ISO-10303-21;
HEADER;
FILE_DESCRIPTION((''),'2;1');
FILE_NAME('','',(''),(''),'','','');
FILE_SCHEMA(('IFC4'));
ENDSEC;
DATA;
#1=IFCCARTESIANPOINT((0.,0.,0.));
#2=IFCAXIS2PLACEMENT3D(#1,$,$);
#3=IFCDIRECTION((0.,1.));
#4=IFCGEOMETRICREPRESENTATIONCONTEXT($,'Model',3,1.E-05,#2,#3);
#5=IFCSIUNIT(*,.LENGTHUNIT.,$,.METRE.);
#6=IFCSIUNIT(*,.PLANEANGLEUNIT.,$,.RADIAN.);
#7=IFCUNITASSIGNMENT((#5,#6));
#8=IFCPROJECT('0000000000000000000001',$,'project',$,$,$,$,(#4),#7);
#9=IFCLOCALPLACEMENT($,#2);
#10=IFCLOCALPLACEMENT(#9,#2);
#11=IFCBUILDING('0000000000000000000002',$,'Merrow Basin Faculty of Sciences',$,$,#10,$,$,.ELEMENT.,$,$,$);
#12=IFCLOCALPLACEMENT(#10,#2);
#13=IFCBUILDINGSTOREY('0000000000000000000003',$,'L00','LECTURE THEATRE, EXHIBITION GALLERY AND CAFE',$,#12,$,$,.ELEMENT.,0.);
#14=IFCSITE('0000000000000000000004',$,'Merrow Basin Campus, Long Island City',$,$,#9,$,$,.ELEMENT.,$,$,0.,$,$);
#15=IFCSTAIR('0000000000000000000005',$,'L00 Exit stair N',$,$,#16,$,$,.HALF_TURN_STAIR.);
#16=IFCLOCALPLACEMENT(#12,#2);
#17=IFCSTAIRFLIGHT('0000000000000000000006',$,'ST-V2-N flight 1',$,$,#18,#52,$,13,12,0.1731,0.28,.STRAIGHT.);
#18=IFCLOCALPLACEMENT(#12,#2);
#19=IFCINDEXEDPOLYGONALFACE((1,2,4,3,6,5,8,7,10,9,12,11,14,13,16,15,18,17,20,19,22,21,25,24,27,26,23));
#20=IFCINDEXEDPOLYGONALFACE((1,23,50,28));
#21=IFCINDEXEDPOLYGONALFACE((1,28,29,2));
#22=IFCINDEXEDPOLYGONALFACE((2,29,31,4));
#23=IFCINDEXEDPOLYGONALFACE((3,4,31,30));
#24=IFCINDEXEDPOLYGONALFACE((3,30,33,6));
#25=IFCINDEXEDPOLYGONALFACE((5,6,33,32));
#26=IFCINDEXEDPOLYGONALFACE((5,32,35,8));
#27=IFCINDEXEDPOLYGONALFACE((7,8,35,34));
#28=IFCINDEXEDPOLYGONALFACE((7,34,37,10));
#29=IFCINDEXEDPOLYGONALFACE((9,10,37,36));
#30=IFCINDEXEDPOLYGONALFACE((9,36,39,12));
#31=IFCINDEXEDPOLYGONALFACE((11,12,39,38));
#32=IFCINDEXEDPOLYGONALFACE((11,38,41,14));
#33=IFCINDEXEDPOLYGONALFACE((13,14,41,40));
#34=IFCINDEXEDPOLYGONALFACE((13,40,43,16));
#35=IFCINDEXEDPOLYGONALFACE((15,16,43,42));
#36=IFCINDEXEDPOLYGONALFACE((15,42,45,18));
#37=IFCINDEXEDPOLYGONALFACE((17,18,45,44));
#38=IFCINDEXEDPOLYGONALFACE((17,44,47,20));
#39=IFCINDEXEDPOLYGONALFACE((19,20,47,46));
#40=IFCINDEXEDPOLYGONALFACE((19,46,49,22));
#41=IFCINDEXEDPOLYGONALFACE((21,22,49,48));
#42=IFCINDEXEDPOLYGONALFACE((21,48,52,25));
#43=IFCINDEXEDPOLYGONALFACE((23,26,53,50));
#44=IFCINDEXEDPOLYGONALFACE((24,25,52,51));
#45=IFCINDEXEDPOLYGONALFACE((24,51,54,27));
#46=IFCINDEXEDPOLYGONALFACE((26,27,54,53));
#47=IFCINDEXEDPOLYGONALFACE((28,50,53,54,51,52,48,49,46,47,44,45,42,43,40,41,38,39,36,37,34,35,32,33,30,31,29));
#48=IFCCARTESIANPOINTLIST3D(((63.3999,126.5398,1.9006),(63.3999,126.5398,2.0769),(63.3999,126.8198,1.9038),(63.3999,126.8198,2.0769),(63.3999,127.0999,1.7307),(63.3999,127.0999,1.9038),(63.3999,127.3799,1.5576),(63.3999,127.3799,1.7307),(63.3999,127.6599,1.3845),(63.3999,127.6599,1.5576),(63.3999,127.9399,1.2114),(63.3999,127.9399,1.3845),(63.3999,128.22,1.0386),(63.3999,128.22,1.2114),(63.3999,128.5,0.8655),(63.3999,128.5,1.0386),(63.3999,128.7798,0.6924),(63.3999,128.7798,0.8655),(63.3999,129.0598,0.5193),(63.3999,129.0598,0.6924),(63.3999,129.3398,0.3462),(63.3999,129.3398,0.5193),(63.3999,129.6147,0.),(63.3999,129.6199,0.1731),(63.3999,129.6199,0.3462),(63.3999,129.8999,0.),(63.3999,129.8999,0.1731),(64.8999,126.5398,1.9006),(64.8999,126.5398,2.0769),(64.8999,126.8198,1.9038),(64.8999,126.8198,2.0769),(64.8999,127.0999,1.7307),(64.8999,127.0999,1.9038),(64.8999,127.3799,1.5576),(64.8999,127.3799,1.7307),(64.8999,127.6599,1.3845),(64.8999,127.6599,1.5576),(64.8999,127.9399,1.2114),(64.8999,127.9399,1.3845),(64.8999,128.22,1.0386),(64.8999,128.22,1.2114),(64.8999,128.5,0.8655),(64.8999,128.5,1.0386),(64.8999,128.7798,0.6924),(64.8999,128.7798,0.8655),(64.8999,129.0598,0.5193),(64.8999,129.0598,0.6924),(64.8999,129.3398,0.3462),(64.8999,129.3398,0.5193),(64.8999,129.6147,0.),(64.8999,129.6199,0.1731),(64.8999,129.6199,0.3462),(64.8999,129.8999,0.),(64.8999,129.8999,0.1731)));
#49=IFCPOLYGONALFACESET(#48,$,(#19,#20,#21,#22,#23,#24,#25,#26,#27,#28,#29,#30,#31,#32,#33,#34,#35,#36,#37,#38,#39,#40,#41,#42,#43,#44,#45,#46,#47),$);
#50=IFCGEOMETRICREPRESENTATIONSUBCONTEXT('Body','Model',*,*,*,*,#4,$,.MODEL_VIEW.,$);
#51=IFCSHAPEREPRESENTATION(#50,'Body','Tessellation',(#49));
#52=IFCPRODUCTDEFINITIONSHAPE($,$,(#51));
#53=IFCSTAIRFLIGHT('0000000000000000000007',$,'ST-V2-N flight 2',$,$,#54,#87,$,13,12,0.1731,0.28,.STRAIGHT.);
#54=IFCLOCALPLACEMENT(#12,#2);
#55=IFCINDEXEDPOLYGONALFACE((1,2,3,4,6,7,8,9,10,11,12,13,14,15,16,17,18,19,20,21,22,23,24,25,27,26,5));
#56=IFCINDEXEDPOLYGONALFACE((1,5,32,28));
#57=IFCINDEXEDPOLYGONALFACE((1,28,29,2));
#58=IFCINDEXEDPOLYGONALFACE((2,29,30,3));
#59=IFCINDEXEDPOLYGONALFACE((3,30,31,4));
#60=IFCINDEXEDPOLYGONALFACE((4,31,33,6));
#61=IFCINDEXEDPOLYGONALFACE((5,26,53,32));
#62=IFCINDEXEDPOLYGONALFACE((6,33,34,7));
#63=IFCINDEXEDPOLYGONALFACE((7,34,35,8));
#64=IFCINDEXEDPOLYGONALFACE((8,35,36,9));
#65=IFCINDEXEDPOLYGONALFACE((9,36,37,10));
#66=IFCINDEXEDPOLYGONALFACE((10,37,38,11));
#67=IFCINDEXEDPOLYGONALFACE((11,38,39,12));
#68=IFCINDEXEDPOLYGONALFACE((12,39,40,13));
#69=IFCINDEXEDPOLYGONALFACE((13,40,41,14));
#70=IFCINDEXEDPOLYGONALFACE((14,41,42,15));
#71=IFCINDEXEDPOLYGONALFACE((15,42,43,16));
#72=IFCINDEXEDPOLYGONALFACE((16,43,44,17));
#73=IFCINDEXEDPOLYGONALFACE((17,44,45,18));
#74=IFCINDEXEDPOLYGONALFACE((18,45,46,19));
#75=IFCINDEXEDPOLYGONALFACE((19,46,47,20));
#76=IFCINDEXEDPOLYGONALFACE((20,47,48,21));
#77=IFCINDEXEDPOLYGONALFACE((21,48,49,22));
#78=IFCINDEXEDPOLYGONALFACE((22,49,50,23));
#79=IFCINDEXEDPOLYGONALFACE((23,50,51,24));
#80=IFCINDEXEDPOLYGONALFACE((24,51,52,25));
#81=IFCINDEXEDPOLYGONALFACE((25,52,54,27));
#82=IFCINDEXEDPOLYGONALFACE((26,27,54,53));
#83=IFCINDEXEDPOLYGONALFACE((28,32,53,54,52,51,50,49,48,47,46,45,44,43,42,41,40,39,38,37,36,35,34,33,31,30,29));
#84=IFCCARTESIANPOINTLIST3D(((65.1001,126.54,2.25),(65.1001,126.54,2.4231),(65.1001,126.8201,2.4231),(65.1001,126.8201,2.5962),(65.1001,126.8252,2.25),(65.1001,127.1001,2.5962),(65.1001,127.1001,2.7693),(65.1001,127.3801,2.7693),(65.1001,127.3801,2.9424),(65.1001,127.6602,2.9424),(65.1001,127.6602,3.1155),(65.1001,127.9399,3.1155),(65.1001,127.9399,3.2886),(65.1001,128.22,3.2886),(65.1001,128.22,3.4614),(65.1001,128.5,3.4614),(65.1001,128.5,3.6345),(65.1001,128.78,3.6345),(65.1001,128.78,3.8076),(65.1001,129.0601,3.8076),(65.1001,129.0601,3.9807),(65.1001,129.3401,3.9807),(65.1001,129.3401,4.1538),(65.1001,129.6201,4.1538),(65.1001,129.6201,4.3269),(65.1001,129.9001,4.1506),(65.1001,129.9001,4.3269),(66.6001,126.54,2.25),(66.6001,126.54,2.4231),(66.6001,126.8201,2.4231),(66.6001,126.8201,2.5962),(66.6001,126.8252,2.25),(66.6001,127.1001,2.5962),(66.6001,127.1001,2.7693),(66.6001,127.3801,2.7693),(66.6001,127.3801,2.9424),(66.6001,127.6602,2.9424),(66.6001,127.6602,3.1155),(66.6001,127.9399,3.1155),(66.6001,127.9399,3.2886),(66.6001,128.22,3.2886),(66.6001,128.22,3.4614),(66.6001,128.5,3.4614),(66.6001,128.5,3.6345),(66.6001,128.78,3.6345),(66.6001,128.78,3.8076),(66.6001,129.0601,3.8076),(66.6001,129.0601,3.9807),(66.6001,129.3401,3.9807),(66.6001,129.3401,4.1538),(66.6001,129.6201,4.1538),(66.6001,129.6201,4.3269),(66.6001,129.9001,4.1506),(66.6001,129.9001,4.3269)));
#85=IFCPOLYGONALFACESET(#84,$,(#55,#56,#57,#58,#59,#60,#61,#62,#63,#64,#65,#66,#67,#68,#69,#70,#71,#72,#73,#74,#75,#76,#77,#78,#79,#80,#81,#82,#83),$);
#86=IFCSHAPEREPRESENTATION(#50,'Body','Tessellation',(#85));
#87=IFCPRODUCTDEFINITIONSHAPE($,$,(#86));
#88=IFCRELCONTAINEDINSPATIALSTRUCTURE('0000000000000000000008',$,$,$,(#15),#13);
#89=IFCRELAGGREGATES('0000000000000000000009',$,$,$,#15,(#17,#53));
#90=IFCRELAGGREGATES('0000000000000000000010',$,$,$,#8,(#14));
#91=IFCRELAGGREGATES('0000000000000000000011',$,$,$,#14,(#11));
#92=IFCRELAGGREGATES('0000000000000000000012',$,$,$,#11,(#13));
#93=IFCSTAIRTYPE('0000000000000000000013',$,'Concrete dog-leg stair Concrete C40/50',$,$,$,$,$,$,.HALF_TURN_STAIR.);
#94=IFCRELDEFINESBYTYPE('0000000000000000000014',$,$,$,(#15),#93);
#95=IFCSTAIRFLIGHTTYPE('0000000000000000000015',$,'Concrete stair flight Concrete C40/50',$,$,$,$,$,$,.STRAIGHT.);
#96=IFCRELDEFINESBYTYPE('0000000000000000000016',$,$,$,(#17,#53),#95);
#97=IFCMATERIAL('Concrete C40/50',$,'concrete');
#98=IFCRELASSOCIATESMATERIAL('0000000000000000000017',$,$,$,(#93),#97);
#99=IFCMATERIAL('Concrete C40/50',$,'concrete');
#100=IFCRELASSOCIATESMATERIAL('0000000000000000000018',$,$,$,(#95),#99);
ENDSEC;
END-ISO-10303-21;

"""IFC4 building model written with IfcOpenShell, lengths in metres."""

from ifc_helpers import new_model, si_unit, direction, frame, origin, place, context, subcontext, project, spatial, polyline, outline, extrude, material, type_object, element, aggregate, save


model = new_model("IFC4")

# Units and contexts
model_context = context("Model", 3, precision=1e-05, world=origin(), true_north=direction((0.0, 1.0)))
body_context = subcontext(model_context, "Body", "Model", "MODEL_VIEW")
ifc_project = project(units=[si_unit("LENGTHUNIT", "METRE"), si_unit("PLANEANGLEUNIT", "RADIAN")], contexts=[model_context])

# Site, building, storey
site_placement = place(None, origin())
site = spatial("IfcSite", under=ifc_project, at=site_placement, Name="Merrow Basin Campus, Long Island City", CompositionType="ELEMENT", RefElevation=0.0)
building_placement = place(site_placement, origin())
building = spatial("IfcBuilding", under=site, at=building_placement, Name="Merrow Basin Faculty of Sciences", CompositionType="ELEMENT")
storey_placement = place(building_placement, origin())
storey = spatial("IfcBuildingStorey", under=building, at=storey_placement, Name="L00", Description="LECTURE THEATRE, EXHIBITION GALLERY AND CAFE", CompositionType="ELEMENT", Elevation=0.0)

# Stair, stair flights
ifc_material_1 = material(Name="Concrete C40/50", Category="concrete")
stair_type = type_object("IfcStairType", Name="Concrete dog-leg stair Concrete C40/50", PredefinedType="HALF_TURN_STAIR", material=ifc_material_1)
stair_placement = place(storey_placement, origin())
stair = element("IfcStair", 1, at=stair_placement, inside=storey, type_object=stair_type, Name="L00 Exit stair N", PredefinedType="HALF_TURN_STAIR")
ifc_material_2 = material(Name="Concrete C40/50", Category="concrete")
stair_flight_type = type_object("IfcStairFlightType", Name="Concrete stair flight Concrete C40/50", PredefinedType="STRAIGHT", material=ifc_material_2)
stair_flight_1_placement = place(storey_placement, frame((64.1499, 129.8999, 0.0), z_axis=(0.0, 0.0, 1.0), x_axis=(0.0, -1.0, 0.0)))
stair_flight_1 = element("IfcStairFlight", 2, at=stair_flight_1_placement, type_object=stair_flight_type, Name="ST-V2-N flight 1", NumberOfRisers=13, NumberOfTreads=12, PredefinedType="STRAIGHT", RiserHeight=0.1731, TreadLength=0.28, context=body_context, shape_type="SweptSolid", body=[
    extrude(outline(polyline([(0.0, 0.0), (0.0, 0.1731), (0.28, 0.1731), (0.28, 0.3462), (0.5601, 0.3462), (0.5601, 0.5193), (0.8401, 0.5193), (0.8401, 0.6924), (1.1201, 0.6924), (1.1201, 0.8655), (1.3999, 0.8655), (1.3999, 1.0386), (1.6799, 1.0386), (1.6799, 1.2114), (1.96, 1.2114), (1.96, 1.3845), (2.24, 1.3845), (2.24, 1.5576), (2.52, 1.5576), (2.52, 1.7307), (2.8, 1.7307), (2.8, 1.9038), (3.0801, 1.9038), (3.0801, 2.0769), (3.3601, 2.0769), (3.3601, 2.25), (3.3601, 1.9006), (0.2852, 0.0), (0.0, 0.0)])), frame((0.0, 0.75, 0.0), z_axis=(0.0, -1.0, 0.0), x_axis=(1.0, 0.0, 0.0)), (0.0, 0.0, 1.0), 1.5),
])
stair_flight_2_placement = place(storey_placement, frame((65.8501, 126.54, 2.25), z_axis=(0.0, 0.0, 1.0), x_axis=(0.0, 1.0, 0.0)))
stair_flight_2 = element("IfcStairFlight", 3, at=stair_flight_2_placement, type_object=stair_flight_type, Name="ST-V2-N flight 2", NumberOfRisers=13, NumberOfTreads=12, PredefinedType="STRAIGHT", RiserHeight=0.1731, TreadLength=0.28, context=body_context, shape_type="SweptSolid", body=[
    extrude(outline(polyline([(0.0, 0.0), (0.0, 0.1731), (0.28, 0.1731), (0.28, 0.3462), (0.5601, 0.3462), (0.5601, 0.5193), (0.8401, 0.5193), (0.8401, 0.6924), (1.1201, 0.6924), (1.1201, 0.8655), (1.3999, 0.8655), (1.3999, 1.0386), (1.6799, 1.0386), (1.6799, 1.2114), (1.96, 1.2114), (1.96, 1.3845), (2.24, 1.3845), (2.24, 1.5576), (2.52, 1.5576), (2.52, 1.7307), (2.8, 1.7307), (2.8, 1.9038), (3.0801, 1.9038), (3.0801, 2.0769), (3.3601, 2.0769), (3.3601, 2.25), (3.3601, 1.9006), (0.2852, 0.0), (0.0, 0.0)])), frame((0.0, 0.75, 0.0), z_axis=(0.0, -1.0, 0.0), x_axis=(1.0, 0.0, 0.0)), (0.0, 0.0, 1.0), 1.5),
])
aggregate(stair, [stair_flight_1, stair_flight_2])

save(model, "model.ifc")
